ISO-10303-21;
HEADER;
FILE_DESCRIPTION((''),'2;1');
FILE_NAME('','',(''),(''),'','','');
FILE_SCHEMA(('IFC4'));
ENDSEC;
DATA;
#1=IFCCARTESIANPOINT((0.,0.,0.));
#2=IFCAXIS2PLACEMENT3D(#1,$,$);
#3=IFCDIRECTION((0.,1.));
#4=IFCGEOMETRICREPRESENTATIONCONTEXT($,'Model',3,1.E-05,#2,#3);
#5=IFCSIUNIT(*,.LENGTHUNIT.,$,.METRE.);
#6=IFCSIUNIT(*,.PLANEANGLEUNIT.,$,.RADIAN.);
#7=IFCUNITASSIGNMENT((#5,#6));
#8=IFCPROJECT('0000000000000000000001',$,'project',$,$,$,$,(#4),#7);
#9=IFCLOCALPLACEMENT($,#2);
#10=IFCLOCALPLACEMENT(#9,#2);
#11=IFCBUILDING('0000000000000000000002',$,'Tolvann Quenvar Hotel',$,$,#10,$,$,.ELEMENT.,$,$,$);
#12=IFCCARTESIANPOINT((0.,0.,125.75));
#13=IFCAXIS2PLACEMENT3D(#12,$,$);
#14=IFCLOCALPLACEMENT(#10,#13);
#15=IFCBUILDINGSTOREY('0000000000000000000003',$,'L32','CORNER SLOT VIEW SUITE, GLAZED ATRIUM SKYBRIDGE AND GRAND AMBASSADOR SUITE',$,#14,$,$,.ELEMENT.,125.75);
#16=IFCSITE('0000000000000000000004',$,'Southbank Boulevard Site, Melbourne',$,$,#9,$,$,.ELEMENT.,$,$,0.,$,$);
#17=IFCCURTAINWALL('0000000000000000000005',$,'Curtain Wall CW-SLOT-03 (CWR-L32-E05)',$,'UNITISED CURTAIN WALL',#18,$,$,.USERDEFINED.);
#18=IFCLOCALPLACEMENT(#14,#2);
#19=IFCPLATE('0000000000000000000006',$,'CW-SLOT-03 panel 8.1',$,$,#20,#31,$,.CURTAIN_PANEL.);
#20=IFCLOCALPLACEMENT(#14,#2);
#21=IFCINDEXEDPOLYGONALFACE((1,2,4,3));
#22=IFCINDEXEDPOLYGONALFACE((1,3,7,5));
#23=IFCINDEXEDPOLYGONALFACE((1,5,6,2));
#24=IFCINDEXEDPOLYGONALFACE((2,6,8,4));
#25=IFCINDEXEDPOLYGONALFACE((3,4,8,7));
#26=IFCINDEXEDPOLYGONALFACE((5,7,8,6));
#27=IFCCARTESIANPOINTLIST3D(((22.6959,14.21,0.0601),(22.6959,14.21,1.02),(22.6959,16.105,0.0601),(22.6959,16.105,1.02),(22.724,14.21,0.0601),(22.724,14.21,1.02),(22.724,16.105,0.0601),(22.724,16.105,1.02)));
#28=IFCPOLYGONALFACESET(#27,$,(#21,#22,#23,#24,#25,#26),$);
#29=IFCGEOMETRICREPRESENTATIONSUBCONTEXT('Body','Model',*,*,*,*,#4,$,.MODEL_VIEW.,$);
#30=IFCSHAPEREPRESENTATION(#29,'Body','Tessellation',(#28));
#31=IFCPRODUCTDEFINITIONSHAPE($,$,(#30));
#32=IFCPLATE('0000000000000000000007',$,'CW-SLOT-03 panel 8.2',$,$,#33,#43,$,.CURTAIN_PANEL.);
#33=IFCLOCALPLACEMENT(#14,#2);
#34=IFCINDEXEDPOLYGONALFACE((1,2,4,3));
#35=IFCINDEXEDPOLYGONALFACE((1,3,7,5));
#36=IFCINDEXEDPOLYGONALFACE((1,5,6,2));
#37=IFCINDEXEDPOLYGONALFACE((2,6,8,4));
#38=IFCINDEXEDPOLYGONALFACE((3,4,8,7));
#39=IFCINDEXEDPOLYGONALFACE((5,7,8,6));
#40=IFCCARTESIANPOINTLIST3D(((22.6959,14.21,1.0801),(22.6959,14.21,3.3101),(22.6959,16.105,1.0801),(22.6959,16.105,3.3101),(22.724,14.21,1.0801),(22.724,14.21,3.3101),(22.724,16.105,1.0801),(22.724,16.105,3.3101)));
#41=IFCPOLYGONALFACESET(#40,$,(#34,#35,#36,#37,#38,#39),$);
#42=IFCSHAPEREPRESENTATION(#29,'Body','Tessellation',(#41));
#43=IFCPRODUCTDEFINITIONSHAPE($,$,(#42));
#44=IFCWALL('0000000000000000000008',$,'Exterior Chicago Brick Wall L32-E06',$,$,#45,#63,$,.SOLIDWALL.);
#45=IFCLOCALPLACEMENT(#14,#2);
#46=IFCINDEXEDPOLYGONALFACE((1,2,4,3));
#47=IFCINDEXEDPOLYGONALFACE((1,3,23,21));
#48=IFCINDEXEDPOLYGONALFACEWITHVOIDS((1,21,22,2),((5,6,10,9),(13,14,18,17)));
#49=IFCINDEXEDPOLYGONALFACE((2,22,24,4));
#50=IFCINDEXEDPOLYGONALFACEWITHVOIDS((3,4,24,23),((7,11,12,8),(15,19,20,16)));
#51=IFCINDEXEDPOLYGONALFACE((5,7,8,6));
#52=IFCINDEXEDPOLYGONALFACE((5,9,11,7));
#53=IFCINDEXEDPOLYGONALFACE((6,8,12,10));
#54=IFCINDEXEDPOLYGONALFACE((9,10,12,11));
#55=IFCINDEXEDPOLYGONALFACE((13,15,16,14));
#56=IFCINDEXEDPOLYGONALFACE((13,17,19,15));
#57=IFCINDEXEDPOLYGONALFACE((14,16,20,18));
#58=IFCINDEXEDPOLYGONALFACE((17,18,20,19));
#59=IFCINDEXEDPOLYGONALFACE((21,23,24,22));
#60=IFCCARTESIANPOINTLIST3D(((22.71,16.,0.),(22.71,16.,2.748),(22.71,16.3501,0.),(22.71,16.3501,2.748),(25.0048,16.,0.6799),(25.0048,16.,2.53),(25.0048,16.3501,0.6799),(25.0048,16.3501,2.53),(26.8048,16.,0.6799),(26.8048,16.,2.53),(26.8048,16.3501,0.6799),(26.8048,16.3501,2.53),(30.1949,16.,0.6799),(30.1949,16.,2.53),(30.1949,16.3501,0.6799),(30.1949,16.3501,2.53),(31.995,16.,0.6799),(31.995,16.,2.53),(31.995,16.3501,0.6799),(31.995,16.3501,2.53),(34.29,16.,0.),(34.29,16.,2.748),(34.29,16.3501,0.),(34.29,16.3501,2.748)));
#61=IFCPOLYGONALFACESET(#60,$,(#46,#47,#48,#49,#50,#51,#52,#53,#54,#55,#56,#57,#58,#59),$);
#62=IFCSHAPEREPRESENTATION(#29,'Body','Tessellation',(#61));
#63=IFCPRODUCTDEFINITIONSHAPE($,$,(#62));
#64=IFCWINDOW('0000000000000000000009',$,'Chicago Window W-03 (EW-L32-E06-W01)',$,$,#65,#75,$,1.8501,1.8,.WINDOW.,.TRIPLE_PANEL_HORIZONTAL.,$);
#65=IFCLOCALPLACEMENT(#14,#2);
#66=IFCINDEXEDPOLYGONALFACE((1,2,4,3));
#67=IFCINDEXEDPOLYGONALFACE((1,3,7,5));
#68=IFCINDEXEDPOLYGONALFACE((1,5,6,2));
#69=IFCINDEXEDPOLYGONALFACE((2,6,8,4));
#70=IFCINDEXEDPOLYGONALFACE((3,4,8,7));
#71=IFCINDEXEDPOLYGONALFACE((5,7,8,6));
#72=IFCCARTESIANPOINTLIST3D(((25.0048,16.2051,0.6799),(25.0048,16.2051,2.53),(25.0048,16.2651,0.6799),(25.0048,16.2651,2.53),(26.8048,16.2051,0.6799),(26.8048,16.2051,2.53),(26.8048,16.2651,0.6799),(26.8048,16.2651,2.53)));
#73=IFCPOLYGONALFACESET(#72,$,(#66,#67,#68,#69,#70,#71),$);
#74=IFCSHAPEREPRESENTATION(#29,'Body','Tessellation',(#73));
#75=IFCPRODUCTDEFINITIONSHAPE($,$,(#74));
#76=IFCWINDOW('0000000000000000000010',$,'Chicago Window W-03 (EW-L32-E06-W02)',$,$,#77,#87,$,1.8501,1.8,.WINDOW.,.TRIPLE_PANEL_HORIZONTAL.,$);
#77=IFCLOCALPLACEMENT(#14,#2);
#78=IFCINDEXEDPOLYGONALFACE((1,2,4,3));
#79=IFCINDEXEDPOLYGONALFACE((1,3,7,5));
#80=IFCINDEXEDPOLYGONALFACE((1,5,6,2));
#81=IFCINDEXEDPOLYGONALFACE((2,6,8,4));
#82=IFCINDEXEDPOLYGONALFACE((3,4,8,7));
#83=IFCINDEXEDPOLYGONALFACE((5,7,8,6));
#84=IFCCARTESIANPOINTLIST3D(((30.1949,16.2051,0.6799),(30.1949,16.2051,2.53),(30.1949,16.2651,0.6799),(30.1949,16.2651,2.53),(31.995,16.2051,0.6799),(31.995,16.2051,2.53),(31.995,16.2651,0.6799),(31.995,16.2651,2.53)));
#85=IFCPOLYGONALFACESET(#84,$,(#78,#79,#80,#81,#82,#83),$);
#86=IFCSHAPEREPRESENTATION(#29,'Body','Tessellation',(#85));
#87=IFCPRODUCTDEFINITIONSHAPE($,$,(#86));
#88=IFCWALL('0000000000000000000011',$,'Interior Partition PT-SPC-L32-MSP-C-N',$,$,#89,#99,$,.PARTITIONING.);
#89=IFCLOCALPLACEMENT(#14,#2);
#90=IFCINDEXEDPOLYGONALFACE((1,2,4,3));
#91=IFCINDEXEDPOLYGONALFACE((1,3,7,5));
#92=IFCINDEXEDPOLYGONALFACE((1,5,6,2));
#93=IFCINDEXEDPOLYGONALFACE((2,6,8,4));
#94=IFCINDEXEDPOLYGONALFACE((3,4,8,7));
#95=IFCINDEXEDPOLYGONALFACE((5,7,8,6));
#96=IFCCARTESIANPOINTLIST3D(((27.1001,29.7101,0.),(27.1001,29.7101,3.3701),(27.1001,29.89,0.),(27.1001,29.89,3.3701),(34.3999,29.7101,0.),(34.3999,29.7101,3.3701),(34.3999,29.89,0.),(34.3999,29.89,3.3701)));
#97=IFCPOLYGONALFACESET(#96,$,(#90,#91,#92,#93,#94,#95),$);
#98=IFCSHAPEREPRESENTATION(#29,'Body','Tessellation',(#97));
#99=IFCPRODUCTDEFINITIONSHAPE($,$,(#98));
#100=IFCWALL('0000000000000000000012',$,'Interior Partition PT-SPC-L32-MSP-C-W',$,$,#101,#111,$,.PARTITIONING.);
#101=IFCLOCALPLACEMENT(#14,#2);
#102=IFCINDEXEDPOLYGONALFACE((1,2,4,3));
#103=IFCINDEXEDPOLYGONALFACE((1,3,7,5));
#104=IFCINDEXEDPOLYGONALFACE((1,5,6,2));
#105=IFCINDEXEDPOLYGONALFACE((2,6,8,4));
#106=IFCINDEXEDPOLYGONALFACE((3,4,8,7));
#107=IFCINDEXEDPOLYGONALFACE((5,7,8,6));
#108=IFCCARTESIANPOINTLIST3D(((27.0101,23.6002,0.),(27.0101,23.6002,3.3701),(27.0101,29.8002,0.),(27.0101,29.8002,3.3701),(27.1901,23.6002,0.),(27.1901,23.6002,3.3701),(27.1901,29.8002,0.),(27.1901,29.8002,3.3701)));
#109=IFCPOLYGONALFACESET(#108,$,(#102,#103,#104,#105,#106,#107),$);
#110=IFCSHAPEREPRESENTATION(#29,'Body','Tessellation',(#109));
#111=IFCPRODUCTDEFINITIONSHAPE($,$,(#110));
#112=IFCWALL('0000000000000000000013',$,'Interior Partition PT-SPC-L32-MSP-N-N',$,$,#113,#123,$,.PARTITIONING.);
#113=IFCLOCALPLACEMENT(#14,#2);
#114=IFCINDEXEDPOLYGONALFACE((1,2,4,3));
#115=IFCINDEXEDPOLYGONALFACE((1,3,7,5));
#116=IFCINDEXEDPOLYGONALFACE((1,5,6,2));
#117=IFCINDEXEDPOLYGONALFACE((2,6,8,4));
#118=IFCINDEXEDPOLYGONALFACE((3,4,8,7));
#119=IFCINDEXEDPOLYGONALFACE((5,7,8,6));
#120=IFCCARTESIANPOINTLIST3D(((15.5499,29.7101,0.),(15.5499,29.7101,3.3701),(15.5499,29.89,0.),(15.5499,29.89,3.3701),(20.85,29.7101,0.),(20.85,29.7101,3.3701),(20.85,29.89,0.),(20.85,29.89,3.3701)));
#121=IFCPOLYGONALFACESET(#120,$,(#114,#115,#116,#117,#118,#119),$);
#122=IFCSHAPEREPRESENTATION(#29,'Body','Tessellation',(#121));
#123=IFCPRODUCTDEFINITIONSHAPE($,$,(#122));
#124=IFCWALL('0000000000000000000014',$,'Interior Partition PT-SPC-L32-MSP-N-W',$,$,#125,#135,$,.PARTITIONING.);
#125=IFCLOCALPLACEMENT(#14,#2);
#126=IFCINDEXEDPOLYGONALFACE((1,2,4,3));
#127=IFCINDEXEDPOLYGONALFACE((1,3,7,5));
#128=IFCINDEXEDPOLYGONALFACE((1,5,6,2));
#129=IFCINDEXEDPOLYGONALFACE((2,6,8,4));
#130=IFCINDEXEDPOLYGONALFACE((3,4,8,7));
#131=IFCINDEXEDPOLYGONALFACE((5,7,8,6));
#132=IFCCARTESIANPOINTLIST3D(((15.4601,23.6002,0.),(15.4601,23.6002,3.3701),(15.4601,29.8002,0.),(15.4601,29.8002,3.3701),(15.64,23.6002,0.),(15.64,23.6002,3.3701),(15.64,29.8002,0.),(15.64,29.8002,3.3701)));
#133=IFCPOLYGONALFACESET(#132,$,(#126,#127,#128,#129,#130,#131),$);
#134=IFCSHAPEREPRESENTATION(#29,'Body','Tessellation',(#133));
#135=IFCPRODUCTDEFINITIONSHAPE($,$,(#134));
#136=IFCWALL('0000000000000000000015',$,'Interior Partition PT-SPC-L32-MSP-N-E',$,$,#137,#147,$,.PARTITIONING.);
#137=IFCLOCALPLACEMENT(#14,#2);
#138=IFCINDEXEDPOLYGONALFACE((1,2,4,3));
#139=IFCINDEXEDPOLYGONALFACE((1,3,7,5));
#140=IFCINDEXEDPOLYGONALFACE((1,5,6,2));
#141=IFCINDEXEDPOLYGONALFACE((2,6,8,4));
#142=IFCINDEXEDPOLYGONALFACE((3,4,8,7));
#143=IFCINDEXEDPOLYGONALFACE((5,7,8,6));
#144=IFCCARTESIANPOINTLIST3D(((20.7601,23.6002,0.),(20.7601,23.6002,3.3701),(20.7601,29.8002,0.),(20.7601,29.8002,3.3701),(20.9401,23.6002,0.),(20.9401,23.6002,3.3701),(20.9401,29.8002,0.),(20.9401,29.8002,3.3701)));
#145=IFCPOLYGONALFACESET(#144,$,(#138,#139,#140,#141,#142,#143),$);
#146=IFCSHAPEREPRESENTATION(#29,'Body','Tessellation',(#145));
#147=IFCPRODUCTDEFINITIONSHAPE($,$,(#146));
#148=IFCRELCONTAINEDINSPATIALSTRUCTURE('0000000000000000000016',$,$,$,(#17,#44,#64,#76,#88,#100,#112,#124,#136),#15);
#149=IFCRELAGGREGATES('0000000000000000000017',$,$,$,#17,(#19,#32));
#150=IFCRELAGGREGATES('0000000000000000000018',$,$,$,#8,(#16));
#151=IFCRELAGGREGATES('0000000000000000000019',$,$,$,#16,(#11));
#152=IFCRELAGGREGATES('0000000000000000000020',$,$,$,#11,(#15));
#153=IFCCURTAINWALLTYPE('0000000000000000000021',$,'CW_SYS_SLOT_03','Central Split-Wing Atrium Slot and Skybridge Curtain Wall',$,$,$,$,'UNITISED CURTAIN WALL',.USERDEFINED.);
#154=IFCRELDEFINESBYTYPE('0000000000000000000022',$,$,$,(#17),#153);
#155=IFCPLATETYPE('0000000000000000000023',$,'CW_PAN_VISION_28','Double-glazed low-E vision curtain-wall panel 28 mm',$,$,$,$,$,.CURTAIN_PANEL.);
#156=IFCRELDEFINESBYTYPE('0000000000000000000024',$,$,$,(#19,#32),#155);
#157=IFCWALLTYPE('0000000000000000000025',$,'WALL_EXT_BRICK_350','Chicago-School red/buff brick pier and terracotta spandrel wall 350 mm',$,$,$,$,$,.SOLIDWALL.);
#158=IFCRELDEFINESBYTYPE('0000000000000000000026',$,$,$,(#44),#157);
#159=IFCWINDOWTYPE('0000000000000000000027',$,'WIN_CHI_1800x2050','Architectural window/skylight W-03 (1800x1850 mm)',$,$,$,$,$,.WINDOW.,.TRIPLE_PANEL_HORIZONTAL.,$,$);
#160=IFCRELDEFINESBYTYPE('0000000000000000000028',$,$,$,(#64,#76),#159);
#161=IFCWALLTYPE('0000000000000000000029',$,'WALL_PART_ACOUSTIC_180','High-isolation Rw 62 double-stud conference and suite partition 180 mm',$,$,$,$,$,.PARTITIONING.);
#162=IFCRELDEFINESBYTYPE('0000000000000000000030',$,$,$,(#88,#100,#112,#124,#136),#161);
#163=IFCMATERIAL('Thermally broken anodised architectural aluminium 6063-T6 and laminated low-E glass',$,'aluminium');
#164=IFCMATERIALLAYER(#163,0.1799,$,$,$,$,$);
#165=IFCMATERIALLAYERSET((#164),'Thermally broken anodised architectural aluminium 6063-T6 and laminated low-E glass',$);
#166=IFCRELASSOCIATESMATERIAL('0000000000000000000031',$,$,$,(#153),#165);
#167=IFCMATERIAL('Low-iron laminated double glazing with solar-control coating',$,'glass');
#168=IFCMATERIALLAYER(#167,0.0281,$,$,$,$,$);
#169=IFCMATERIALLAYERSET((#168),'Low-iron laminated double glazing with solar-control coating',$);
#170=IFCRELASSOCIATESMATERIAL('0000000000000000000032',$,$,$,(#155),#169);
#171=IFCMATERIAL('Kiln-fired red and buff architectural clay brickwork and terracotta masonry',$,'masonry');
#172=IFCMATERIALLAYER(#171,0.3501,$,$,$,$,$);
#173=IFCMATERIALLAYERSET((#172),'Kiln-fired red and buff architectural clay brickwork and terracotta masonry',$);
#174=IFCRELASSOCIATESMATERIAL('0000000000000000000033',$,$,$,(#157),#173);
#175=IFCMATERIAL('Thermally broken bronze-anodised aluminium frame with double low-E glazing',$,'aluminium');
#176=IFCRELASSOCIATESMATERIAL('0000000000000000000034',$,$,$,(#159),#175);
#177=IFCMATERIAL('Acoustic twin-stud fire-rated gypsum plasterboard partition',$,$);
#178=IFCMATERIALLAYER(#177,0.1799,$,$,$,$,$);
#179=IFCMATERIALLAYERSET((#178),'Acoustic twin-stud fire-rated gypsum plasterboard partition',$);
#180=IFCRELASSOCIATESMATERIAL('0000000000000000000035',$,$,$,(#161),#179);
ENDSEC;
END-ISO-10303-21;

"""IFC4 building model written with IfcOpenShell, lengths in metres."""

from ifc_helpers import new_model, si_unit, direction, frame, frame_2d, origin, origin_2d, place, context, subcontext, project, spatial, rectangle, extrude, source, transform, mapped, material, layer, layer_set, type_object, type_shapes, element, fill, aggregate, save


model = new_model("IFC4")

# Units and contexts
model_context = context("Model", 3, precision=1e-05, world=origin(), true_north=direction((0.0, 1.0)))
body_context = subcontext(model_context, "Body", "Model", "MODEL_VIEW")
ifc_project = project(units=[si_unit("LENGTHUNIT", "METRE"), si_unit("PLANEANGLEUNIT", "RADIAN")], contexts=[model_context])

# Site, building, storey
site_placement = place(None, origin())
site = spatial("IfcSite", under=ifc_project, at=site_placement, Name="Southbank Boulevard Site, Melbourne", CompositionType="ELEMENT", RefElevation=0.0)
building_placement = place(site_placement, origin())
building = spatial("IfcBuilding", under=site, at=building_placement, Name="Tolvann Quenvar Hotel", CompositionType="ELEMENT")
storey_placement = place(building_placement, frame((0.0, 0.0, 125.75)))
storey = spatial("IfcBuildingStorey", under=building, at=storey_placement, Name="L32", Description="CORNER SLOT VIEW SUITE, GLAZED ATRIUM SKYBRIDGE AND GRAND AMBASSADOR SUITE", CompositionType="ELEMENT", Elevation=125.75)

# Curtain wall
ifc_material_1 = material(Name="Thermally broken anodised architectural aluminium 6063-T6 and laminated low-E glass", Category="aluminium")
ifc_layer_1 = layer(ifc_material_1, 0.1799)
ifc_layer_set_1 = layer_set([ifc_layer_1], Name="Thermally broken anodised architectural aluminium 6063-T6 and laminated low-E glass")
curtain_wall_type = type_object("IfcCurtainWallType", Name="CW_SYS_SLOT_03", Description="Central Split-Wing Atrium Slot and Skybridge Curtain Wall", ElementType="UNITISED CURTAIN WALL", PredefinedType="USERDEFINED", material=ifc_layer_set_1)
curtain_wall_placement = place(storey_placement, origin())
curtain_wall = element("IfcCurtainWall", 1, at=curtain_wall_placement, inside=storey, type_object=curtain_wall_type, Name="Curtain Wall CW-SLOT-03 (CWR-L32-E05)", ObjectType="UNITISED CURTAIN WALL", PredefinedType="USERDEFINED")

# Plates
ifc_material_2 = material(Name="Low-iron laminated double glazing with solar-control coating", Category="glass")
ifc_layer_2 = layer(ifc_material_2, 0.0281)
ifc_layer_set_2 = layer_set([ifc_layer_2], Name="Low-iron laminated double glazing with solar-control coating")
plate_type_1 = type_object("IfcPlateType", Name="CW_PAN_VISION_28", Description="Double-glazed low-E vision curtain-wall panel 28 mm", PredefinedType="CURTAIN_PANEL", material=ifc_layer_set_2)
shared_shape_1 = source(origin(), body_context, "Body", "SweptSolid", [
    extrude(rectangle(XDim=1.895, YDim=0.0281, at=origin_2d()), origin(), (0.0, 0.0, 1.0), 0.96),
])
plate_1_placement = place(storey_placement, frame((22.71, 15.1575, 0.0601), z_axis=(0.0, 0.0, 1.0), x_axis=(0.0, 1.0, 0.0)))
plate_1 = element("IfcPlate", 2, at=plate_1_placement, type_object=plate_type_1, Name="CW-SLOT-03 panel 8.1", PredefinedType="CURTAIN_PANEL", context=body_context, shape_type="MappedRepresentation", body=[
    mapped(shared_shape_1, transform((0.0, 0.0, 0.0), x_axis=(1.0, 0.0, 0.0), y_axis=(0.0, 1.0, 0.0), z_axis=(0.0, 0.0, 1.0), scale=1.0)),
])
shared_shape_2 = source(origin(), body_context, "Body", "SweptSolid", [
    extrude(rectangle(XDim=1.895, YDim=0.0281, at=origin_2d()), origin(), (0.0, 0.0, 1.0), 2.23),
])
type_shapes(plate_type_1, [shared_shape_1, shared_shape_2])
plate_2_placement = place(storey_placement, frame((22.71, 15.1575, 1.0801), z_axis=(0.0, 0.0, 1.0), x_axis=(0.0, 1.0, 0.0)))
plate_2 = element("IfcPlate", 3, at=plate_2_placement, type_object=plate_type_1, Name="CW-SLOT-03 panel 8.2", PredefinedType="CURTAIN_PANEL", context=body_context, shape_type="MappedRepresentation", body=[
    mapped(shared_shape_2, transform((0.0, 0.0, 0.0), x_axis=(1.0, 0.0, 0.0), y_axis=(0.0, 1.0, 0.0), z_axis=(0.0, 0.0, 1.0), scale=1.0)),
])
aggregate(curtain_wall, [plate_1, plate_2])

# Wall, openings, windows
ifc_material_3 = material(Name="Kiln-fired red and buff architectural clay brickwork and terracotta masonry", Category="masonry")
ifc_layer_3 = layer(ifc_material_3, 0.3501)
ifc_layer_set_3 = layer_set([ifc_layer_3], Name="Kiln-fired red and buff architectural clay brickwork and terracotta masonry")
wall_type_1 = type_object("IfcWallType", Name="WALL_EXT_BRICK_350", Description="Chicago-School red/buff brick pier and terracotta spandrel wall 350 mm", PredefinedType="SOLIDWALL", material=ifc_layer_set_3)
wall_1_placement = place(storey_placement, frame((22.71, 16.175, 0.0), z_axis=(0.0, 0.0, 1.0), x_axis=(1.0, 0.0, 0.0)))
wall_1 = element("IfcWall", 4, at=wall_1_placement, inside=storey, type_object=wall_type_1, Name="Exterior Chicago Brick Wall L32-E06", PredefinedType="SOLIDWALL", context=body_context, shape_type="SweptSolid", body=[
    extrude(rectangle(XDim=11.5801, YDim=0.3501, at=frame_2d((5.79, 0.0))), origin(), (0.0, 0.0, 1.0), 2.748),
])
opening_1_placement = place(wall_1_placement, frame((2.2949, 0.0, 0.6799)))
opening_1 = element("IfcOpeningElement", 5, at=opening_1_placement, cuts=wall_1, PredefinedType="OPENING", context=body_context, shape_type="SweptSolid", body=[
    extrude(rectangle(XDim=1.8, YDim=1.8501, at=frame_2d((0.8999, 0.925))), frame((0.0, 0.1851, 0.0), z_axis=(0.0, -1.0, 0.0), x_axis=(1.0, 0.0, 0.0)), (0.0, 0.0, 1.0), 0.3701),
])
opening_2_placement = place(wall_1_placement, frame((7.4851, 0.0, 0.6799)))
opening_2 = element("IfcOpeningElement", 6, at=opening_2_placement, cuts=wall_1, PredefinedType="OPENING", context=body_context, shape_type="SweptSolid", body=[
    extrude(rectangle(XDim=1.8, YDim=1.8501, at=frame_2d((0.8999, 0.925))), frame((0.0, 0.1851, 0.0), z_axis=(0.0, -1.0, 0.0), x_axis=(1.0, 0.0, 0.0)), (0.0, 0.0, 1.0), 0.3701),
])
ifc_material_4 = material(Name="Thermally broken bronze-anodised aluminium frame with double low-E glazing", Category="aluminium")
window_type = type_object("IfcWindowType", Name="WIN_CHI_1800x2050", Description="Architectural window/skylight W-03 (1800x1850 mm)", PartitioningType="TRIPLE_PANEL_HORIZONTAL", PredefinedType="WINDOW", material=ifc_material_4)
shared_shape_3 = source(origin(), body_context, "Body", "SweptSolid", [
    extrude(rectangle(XDim=1.8, YDim=1.8501, at=frame_2d((0.8999, 0.925))), frame((0.0, 0.0901, 0.0), z_axis=(0.0, -1.0, 0.0), x_axis=(1.0, 0.0, 0.0)), (0.0, 0.0, 1.0), 0.0601),
])
type_shapes(window_type, [shared_shape_3])
window_1_placement = place(opening_1_placement, origin())
window_1 = element("IfcWindow", 7, at=window_1_placement, inside=storey, type_object=window_type, Name="Chicago Window W-03 (EW-L32-E06-W01)", OverallHeight=1.8501, OverallWidth=1.8, PartitioningType="TRIPLE_PANEL_HORIZONTAL", PredefinedType="WINDOW", context=body_context, shape_type="MappedRepresentation", body=[
    mapped(shared_shape_3, transform((0.0, 0.0, 0.0), x_axis=(1.0, 0.0, 0.0), y_axis=(0.0, 1.0, 0.0), z_axis=(0.0, 0.0, 1.0), scale=1.0)),
])
fill(opening_1, window_1)
window_2_placement = place(opening_2_placement, origin())
window_2 = element("IfcWindow", 8, at=window_2_placement, inside=storey, type_object=window_type, Name="Chicago Window W-03 (EW-L32-E06-W02)", OverallHeight=1.8501, OverallWidth=1.8, PartitioningType="TRIPLE_PANEL_HORIZONTAL", PredefinedType="WINDOW", context=body_context, shape_type="MappedRepresentation", body=[
    mapped(shared_shape_3, transform((0.0, 0.0, 0.0), x_axis=(1.0, 0.0, 0.0), y_axis=(0.0, 1.0, 0.0), z_axis=(0.0, 0.0, 1.0), scale=1.0)),
])
fill(opening_2, window_2)

# Shared definitions
ifc_material_5 = material(Name="Acoustic twin-stud fire-rated gypsum plasterboard partition")
ifc_layer_4 = layer(ifc_material_5, 0.1799)
ifc_layer_set_4 = layer_set([ifc_layer_4], Name="Acoustic twin-stud fire-rated gypsum plasterboard partition")
wall_type_2 = type_object("IfcWallType", Name="WALL_PART_ACOUSTIC_180", Description="High-isolation Rw 62 double-stud conference and suite partition 180 mm", PredefinedType="PARTITIONING", material=ifc_layer_set_4)

# Walls
wall_2_placement = place(storey_placement, frame((27.1001, 29.8, 0.0), z_axis=(0.0, 0.0, 1.0), x_axis=(1.0, 0.0, 0.0)))
element("IfcWall", 9, at=wall_2_placement, inside=storey, type_object=wall_type_2, Name="Interior Partition PT-SPC-L32-MSP-C-N", PredefinedType="PARTITIONING", context=body_context, shape_type="SweptSolid", body=[
    extrude(rectangle(XDim=7.2998, YDim=0.1799, at=frame_2d((3.6499, 0.0))), origin(), (0.0, 0.0, 1.0), 3.3701),
])
wall_3_placement = place(storey_placement, frame((27.1001, 23.6001, 0.0), z_axis=(0.0, 0.0, 1.0), x_axis=(0.0, 1.0, 0.0)))
element("IfcWall", 10, at=wall_3_placement, inside=storey, type_object=wall_type_2, Name="Interior Partition PT-SPC-L32-MSP-C-W", PredefinedType="PARTITIONING", context=body_context, shape_type="SweptSolid", body=[
    extrude(rectangle(XDim=6.2, YDim=0.1799, at=frame_2d((3.1001, 0.0))), origin(), (0.0, 0.0, 1.0), 3.3701),
])

# Walls
wall_4_placement = place(storey_placement, frame((15.55, 29.8, 0.0), z_axis=(0.0, 0.0, 1.0), x_axis=(1.0, 0.0, 0.0)))
element("IfcWall", 11, at=wall_4_placement, inside=storey, type_object=wall_type_2, Name="Interior Partition PT-SPC-L32-MSP-N-N", PredefinedType="PARTITIONING", context=body_context, shape_type="SweptSolid", body=[
    extrude(rectangle(XDim=5.3, YDim=0.1799, at=frame_2d((2.6499, 0.0))), origin(), (0.0, 0.0, 1.0), 3.3701),
])
for number, where, z_axis, x_axis, name in (
    (12, (15.55, 23.6001, 0.0), (0.0, 0.0, 1.0), (0.0, 1.0, 0.0), "Interior Partition PT-SPC-L32-MSP-N-W"),
    (13, (20.8501, 23.6001, 0.0), (0.0, 0.0, 1.0), (0.0, 1.0, 0.0), "Interior Partition PT-SPC-L32-MSP-N-E"),
):
    element("IfcWall", number, at=place(storey_placement, frame(where, z_axis=z_axis, x_axis=x_axis)), inside=storey, type_object=wall_type_2, Name=name, PredefinedType="PARTITIONING", context=body_context, shape_type="SweptSolid", body=[
        extrude(rectangle(XDim=6.2, YDim=0.1799, at=frame_2d((3.1001, 0.0))), origin(), (0.0, 0.0, 1.0), 3.3701),
    ])

save(model, "model.ifc")
